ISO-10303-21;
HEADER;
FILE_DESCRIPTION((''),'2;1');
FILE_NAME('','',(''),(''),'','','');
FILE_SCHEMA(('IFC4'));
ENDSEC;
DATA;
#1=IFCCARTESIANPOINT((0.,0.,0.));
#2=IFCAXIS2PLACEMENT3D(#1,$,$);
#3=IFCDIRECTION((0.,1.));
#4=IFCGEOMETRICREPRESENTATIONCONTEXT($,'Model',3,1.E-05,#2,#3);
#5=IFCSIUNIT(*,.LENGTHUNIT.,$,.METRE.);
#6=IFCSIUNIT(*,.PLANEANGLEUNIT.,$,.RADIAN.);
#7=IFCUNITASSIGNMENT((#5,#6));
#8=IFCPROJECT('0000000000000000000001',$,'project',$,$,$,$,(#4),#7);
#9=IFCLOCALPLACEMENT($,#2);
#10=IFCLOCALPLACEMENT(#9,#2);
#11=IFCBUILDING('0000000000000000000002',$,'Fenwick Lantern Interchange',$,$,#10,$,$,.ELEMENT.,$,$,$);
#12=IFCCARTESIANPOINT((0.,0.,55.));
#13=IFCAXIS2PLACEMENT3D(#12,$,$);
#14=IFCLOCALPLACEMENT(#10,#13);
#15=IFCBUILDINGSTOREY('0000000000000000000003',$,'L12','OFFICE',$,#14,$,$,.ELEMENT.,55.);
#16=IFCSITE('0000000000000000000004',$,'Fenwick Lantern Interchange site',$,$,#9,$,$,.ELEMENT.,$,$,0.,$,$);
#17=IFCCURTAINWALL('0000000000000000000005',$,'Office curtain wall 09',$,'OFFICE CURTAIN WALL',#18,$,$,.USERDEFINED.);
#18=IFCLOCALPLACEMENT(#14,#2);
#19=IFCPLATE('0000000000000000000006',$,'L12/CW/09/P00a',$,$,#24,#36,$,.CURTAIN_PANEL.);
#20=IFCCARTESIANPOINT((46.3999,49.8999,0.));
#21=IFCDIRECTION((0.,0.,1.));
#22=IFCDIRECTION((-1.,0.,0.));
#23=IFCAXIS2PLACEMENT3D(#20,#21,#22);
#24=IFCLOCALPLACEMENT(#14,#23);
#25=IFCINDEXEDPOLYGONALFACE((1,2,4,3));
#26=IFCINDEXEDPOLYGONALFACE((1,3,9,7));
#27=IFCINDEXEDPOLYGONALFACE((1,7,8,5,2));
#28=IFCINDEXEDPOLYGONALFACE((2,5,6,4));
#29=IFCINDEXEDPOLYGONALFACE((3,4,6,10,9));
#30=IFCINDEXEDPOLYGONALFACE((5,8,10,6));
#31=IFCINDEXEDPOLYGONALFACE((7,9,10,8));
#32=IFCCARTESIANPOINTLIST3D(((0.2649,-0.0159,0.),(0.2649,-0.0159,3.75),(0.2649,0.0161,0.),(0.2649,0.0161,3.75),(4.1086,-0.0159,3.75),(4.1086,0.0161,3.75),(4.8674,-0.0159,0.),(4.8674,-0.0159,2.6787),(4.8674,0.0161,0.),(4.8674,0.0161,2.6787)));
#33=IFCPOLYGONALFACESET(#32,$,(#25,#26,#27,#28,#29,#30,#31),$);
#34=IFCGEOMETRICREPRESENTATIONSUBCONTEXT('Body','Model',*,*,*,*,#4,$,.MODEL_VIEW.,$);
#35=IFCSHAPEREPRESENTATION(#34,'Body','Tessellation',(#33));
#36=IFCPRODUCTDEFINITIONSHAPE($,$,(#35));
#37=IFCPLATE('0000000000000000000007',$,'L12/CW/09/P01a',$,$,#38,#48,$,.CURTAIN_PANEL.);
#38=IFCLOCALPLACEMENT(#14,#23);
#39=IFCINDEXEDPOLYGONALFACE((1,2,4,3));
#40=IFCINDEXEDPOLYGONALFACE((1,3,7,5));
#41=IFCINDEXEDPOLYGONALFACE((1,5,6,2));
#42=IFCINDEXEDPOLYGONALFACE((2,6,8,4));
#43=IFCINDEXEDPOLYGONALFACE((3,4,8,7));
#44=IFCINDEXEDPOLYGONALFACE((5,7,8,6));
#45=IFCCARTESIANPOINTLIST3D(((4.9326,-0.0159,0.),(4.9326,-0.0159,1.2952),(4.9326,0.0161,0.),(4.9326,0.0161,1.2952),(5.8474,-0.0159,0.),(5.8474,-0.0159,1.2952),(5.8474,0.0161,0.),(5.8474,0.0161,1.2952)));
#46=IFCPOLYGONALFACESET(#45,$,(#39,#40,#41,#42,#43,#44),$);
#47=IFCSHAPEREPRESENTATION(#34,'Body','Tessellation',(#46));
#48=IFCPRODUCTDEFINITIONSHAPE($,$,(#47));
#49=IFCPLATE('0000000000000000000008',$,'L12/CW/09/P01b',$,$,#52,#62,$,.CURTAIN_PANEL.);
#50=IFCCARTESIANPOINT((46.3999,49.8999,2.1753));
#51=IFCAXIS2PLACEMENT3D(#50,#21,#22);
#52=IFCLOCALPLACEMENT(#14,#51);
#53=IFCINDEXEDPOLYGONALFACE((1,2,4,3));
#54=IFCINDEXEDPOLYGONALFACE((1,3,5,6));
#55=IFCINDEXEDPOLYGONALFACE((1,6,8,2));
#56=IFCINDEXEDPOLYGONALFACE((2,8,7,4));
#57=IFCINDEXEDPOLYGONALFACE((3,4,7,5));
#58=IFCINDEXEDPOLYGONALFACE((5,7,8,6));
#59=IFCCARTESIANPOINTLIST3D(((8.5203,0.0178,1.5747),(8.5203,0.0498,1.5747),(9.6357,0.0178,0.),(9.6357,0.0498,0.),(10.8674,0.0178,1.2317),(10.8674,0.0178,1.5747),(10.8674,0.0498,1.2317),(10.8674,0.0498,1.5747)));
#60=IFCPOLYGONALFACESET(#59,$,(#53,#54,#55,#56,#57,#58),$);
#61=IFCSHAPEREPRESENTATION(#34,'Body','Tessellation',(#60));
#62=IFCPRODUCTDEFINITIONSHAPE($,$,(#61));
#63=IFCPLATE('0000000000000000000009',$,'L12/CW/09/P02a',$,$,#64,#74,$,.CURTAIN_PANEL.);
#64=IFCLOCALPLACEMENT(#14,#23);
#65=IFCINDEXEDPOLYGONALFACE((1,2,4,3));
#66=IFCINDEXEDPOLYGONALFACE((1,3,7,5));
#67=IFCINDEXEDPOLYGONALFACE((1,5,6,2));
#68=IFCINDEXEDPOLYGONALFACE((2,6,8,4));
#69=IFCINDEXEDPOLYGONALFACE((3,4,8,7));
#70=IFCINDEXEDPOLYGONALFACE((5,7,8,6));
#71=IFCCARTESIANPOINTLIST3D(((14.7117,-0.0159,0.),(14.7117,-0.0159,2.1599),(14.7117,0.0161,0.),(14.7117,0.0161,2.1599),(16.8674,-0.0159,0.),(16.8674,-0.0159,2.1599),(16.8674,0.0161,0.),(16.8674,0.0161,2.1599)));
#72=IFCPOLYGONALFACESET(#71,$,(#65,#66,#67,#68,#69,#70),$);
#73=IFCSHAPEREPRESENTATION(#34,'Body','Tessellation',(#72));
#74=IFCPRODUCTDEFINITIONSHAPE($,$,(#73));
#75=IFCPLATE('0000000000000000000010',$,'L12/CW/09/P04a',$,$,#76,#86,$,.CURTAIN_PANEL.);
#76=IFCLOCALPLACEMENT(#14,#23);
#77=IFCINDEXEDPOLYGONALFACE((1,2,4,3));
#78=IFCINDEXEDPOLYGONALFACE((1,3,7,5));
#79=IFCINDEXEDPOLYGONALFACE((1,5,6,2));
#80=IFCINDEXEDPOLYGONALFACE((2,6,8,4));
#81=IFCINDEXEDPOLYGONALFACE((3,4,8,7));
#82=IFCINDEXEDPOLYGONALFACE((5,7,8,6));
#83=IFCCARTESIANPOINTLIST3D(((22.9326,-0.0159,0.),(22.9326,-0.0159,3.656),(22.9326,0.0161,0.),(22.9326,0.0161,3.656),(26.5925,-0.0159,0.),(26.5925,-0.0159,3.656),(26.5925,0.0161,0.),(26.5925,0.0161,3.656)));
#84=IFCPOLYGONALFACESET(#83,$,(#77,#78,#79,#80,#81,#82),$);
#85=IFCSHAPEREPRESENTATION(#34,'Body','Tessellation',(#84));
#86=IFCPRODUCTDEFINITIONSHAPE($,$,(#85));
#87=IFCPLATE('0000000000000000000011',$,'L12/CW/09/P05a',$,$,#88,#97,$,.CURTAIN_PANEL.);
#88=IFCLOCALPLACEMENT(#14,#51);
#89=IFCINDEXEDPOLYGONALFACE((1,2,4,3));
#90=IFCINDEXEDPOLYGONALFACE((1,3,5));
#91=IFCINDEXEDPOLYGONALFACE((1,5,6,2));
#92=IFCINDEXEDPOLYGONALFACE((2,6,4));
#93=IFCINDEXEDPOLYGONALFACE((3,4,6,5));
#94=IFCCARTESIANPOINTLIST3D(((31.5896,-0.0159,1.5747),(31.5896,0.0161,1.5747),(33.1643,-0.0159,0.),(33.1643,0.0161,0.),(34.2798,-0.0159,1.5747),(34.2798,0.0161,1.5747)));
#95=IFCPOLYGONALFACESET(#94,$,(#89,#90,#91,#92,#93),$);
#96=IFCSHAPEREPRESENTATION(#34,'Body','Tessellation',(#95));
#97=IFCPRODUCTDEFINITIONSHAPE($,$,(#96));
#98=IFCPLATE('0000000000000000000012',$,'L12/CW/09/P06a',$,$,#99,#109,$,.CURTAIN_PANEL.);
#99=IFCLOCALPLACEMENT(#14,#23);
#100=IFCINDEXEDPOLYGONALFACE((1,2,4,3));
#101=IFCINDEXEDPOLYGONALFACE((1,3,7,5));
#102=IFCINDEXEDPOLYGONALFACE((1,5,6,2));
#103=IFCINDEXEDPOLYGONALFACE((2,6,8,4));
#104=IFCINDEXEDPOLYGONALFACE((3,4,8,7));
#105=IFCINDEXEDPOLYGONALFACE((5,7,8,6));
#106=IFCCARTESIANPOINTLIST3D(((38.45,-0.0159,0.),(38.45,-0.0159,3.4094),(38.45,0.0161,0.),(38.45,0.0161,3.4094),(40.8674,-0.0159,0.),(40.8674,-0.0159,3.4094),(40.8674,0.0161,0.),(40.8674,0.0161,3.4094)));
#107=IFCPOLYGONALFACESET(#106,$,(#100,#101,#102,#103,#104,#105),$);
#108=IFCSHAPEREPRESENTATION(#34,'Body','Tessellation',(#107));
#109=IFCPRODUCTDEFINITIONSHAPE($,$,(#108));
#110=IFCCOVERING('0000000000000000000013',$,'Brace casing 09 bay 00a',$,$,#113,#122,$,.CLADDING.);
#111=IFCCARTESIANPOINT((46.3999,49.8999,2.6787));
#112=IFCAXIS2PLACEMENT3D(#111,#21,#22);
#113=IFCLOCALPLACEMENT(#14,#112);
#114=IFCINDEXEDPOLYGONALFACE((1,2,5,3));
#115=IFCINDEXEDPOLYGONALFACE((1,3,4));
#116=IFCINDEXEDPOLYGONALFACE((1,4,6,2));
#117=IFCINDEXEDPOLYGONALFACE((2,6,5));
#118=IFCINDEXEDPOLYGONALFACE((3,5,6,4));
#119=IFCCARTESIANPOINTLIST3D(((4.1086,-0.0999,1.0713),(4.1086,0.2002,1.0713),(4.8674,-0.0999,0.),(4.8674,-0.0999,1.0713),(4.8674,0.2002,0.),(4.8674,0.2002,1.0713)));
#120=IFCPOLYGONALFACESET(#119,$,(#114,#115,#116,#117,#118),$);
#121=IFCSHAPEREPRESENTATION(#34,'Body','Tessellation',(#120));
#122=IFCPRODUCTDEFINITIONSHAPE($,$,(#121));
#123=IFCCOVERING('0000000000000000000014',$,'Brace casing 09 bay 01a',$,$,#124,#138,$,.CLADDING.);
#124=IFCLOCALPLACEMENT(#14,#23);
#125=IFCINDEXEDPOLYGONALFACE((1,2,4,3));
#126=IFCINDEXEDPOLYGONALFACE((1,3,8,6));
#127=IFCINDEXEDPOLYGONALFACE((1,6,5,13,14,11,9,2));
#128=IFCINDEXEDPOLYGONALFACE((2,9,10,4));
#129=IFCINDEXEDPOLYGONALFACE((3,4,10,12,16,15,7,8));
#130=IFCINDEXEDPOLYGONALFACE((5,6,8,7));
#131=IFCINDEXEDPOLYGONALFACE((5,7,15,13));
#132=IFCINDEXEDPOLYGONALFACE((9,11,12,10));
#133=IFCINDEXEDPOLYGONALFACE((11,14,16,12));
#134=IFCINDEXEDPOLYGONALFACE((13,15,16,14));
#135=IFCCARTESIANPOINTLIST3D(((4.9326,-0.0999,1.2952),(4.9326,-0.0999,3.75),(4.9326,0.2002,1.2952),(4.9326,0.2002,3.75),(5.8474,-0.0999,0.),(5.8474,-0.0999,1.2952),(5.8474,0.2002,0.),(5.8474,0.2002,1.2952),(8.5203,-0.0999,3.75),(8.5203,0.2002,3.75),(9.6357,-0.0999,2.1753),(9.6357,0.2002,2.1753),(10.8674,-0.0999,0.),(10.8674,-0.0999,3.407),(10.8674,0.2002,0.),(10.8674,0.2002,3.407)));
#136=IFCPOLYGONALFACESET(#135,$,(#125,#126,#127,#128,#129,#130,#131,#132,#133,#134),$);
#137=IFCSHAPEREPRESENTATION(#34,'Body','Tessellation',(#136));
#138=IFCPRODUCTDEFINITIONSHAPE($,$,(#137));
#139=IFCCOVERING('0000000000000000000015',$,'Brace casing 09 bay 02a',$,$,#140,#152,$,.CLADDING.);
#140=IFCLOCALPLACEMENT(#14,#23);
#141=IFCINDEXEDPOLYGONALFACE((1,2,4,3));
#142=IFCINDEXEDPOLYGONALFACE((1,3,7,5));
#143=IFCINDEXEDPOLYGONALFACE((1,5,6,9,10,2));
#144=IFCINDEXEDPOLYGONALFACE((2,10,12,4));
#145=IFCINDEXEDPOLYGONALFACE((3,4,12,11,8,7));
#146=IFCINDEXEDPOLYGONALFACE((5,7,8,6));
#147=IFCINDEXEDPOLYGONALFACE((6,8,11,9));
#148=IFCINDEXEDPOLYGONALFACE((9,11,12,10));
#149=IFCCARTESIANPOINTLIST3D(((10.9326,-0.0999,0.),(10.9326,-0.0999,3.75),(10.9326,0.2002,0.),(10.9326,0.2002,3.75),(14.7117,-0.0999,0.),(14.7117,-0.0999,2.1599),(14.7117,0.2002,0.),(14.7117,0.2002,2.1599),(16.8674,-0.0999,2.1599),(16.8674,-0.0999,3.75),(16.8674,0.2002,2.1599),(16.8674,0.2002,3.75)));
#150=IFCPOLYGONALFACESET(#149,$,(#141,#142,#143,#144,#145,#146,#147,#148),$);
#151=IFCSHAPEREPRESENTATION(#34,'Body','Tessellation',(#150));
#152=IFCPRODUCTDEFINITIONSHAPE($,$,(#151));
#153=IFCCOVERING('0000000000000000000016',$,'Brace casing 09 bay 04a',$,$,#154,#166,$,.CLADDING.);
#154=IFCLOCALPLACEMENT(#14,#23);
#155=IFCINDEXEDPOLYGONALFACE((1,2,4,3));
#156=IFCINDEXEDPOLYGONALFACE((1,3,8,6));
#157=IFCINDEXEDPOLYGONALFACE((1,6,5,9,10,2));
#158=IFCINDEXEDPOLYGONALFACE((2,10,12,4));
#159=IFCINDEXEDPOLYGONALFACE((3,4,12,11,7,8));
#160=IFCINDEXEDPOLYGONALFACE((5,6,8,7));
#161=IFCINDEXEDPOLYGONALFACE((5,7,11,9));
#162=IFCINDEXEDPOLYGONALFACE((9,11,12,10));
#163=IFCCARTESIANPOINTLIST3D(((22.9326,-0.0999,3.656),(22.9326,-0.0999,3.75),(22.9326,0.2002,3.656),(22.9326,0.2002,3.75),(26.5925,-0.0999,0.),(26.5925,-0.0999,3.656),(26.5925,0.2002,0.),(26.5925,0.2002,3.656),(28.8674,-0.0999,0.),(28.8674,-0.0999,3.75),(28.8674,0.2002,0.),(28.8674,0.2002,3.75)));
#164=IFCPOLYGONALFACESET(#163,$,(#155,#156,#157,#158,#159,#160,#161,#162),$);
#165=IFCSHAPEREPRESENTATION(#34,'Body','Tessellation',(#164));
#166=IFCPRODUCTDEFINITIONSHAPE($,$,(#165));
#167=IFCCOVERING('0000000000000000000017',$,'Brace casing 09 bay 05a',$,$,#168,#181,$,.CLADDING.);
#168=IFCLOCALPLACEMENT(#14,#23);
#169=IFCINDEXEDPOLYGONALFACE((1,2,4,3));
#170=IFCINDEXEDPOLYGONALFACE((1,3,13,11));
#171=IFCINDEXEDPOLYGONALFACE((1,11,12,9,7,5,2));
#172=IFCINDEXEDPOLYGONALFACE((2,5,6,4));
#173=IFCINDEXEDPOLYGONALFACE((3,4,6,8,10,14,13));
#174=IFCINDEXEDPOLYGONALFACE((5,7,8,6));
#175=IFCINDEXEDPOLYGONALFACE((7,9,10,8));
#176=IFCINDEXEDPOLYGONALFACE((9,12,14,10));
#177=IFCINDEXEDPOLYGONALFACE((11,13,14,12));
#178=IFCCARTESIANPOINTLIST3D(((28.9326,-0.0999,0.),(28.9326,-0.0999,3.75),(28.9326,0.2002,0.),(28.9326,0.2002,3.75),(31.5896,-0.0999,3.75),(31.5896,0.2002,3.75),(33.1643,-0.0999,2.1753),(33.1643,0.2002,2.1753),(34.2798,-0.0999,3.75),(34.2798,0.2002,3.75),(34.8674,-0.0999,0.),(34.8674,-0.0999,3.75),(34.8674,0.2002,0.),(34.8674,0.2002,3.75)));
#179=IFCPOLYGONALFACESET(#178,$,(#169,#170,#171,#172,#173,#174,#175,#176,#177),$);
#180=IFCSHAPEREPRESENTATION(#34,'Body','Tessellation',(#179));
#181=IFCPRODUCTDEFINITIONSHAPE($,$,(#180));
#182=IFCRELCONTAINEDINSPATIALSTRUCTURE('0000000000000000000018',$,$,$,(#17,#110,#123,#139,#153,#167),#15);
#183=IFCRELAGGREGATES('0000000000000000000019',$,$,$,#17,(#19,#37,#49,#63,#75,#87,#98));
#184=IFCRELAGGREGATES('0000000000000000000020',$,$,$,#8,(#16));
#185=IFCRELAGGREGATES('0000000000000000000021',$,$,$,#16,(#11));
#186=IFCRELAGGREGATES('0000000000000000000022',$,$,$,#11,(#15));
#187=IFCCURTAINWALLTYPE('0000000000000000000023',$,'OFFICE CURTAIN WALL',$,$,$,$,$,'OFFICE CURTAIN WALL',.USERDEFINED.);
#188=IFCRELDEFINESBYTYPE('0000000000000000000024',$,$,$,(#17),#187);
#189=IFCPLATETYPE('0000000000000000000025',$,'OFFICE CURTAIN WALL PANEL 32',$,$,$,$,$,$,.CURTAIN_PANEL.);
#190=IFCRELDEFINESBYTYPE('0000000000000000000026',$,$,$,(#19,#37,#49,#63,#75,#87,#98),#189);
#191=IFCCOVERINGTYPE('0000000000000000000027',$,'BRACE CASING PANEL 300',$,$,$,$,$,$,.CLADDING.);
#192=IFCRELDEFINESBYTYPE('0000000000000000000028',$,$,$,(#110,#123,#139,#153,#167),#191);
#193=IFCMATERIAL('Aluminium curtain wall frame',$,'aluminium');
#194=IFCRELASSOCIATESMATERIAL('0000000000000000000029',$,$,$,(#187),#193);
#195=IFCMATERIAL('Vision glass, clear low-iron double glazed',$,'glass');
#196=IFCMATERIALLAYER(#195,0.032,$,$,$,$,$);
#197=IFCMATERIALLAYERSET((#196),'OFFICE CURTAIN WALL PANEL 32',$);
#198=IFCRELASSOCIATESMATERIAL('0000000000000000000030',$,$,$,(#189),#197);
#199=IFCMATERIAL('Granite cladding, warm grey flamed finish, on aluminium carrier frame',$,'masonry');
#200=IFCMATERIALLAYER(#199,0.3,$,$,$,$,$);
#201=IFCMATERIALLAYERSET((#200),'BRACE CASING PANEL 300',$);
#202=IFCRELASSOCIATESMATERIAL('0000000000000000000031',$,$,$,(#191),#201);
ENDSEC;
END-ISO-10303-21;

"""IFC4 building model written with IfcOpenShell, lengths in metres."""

from ifc_helpers import new_model, si_unit, direction, frame, origin, place, context, subcontext, project, spatial, polyline, outline, extrude, material, layer, layer_set, type_object, element, aggregate, save


model = new_model("IFC4")

# Units and contexts
model_context = context("Model", 3, precision=1e-05, world=origin(), true_north=direction((0.0, 1.0)))
body_context = subcontext(model_context, "Body", "Model", "MODEL_VIEW")
ifc_project = project(units=[si_unit("LENGTHUNIT", "METRE"), si_unit("PLANEANGLEUNIT", "RADIAN")], contexts=[model_context])

# Site, building, storey
site_placement = place(None, origin())
site = spatial("IfcSite", under=ifc_project, at=site_placement, Name="Fenwick Lantern Interchange site", CompositionType="ELEMENT", RefElevation=0.0)
building_placement = place(site_placement, origin())
building = spatial("IfcBuilding", under=site, at=building_placement, Name="Fenwick Lantern Interchange", CompositionType="ELEMENT")
storey_placement = place(building_placement, frame((0.0, 0.0, 55.0)))
storey = spatial("IfcBuildingStorey", under=building, at=storey_placement, Name="L12", Description="OFFICE", CompositionType="ELEMENT", Elevation=55.0)

# Shared definitions
ifc_material_1 = material(Name="Aluminium curtain wall frame", Category="aluminium")
curtain_wall_type = type_object("IfcCurtainWallType", Name="OFFICE CURTAIN WALL", ElementType="OFFICE CURTAIN WALL", PredefinedType="USERDEFINED", material=ifc_material_1)

# Curtain wall
curtain_wall_1_placement = place(storey_placement, origin())
curtain_wall_1 = element("IfcCurtainWall", 1, at=curtain_wall_1_placement, inside=storey, type_object=curtain_wall_type, Name="Office curtain wall 09", ObjectType="OFFICE CURTAIN WALL", PredefinedType="USERDEFINED")

# Plates
ifc_material_2 = material(Name="Vision glass, clear low-iron double glazed", Category="glass")
ifc_layer_1 = layer(ifc_material_2, 0.032)
ifc_layer_set_1 = layer_set([ifc_layer_1], Name="OFFICE CURTAIN WALL PANEL 32")
plate_type = type_object("IfcPlateType", Name="OFFICE CURTAIN WALL PANEL 32", PredefinedType="CURTAIN_PANEL", material=ifc_layer_set_1)
plate_1_placement = place(storey_placement, frame((46.3999, 49.8999, 0.0), z_axis=(0.0, 0.0, 1.0), x_axis=(-1.0, 0.0, 0.0)))
plate_1 = element("IfcPlate", 2, at=plate_1_placement, type_object=plate_type, Name="L12/CW/09/P00a", PredefinedType="CURTAIN_PANEL", context=body_context, shape_type="SweptSolid", body=[
    extrude(outline(polyline([(0.2649, 0.0), (4.8674, 0.0), (4.8674, 2.6787), (4.1086, 3.75), (0.2649, 3.75), (0.2649, 0.0)])), frame((0.0, 0.0161, 0.0), z_axis=(0.0, -1.0, 0.0), x_axis=(1.0, 0.0, 0.0)), (0.0, 0.0, 1.0), 0.032),
])
plate_2_placement = place(storey_placement, frame((46.3999, 49.8999, 0.0), z_axis=(0.0, 0.0, 1.0), x_axis=(-1.0, 0.0, 0.0)))
plate_2 = element("IfcPlate", 3, at=plate_2_placement, type_object=plate_type, Name="L12/CW/09/P01a", PredefinedType="CURTAIN_PANEL", context=body_context, shape_type="SweptSolid", body=[
    extrude(outline(polyline([(4.9326, 0.0), (5.8474, 0.0), (5.8474, 1.2952), (4.9326, 1.2952), (4.9326, 0.0)])), frame((0.0, 0.0161, 0.0), z_axis=(0.0, -1.0, 0.0), x_axis=(1.0, 0.0, 0.0)), (0.0, 0.0, 1.0), 0.032),
])
plate_3_placement = place(storey_placement, frame((46.3999, 49.8999, 2.1753), z_axis=(0.0, 0.0, 1.0), x_axis=(-1.0, 0.0, 0.0)))
plate_3 = element("IfcPlate", 4, at=plate_3_placement, type_object=plate_type, Name="L12/CW/09/P01b", PredefinedType="CURTAIN_PANEL", context=body_context, shape_type="SweptSolid", body=[
    extrude(outline(polyline([(9.6357, 0.0), (10.8674, 1.2317), (10.8674, 1.5747), (8.5203, 1.5747), (9.6357, 0.0)])), frame((0.0, 0.0498, 0.0), z_axis=(0.0, -1.0, 0.0), x_axis=(1.0, 0.0, 0.0)), (0.0, 0.0, 1.0), 0.032),
])
plate_4_placement = place(storey_placement, frame((46.3999, 49.8999, 0.0), z_axis=(0.0, 0.0, 1.0), x_axis=(-1.0, 0.0, 0.0)))
plate_4 = element("IfcPlate", 5, at=plate_4_placement, type_object=plate_type, Name="L12/CW/09/P02a", PredefinedType="CURTAIN_PANEL", context=body_context, shape_type="SweptSolid", body=[
    extrude(outline(polyline([(14.7117, 0.0), (16.8674, 0.0), (16.8674, 2.1599), (14.7117, 2.1599), (14.7117, 0.0)])), frame((0.0, 0.0161, 0.0), z_axis=(0.0, -1.0, 0.0), x_axis=(1.0, 0.0, 0.0)), (0.0, 0.0, 1.0), 0.032),
])
plate_5_placement = place(storey_placement, frame((46.3999, 49.8999, 0.0), z_axis=(0.0, 0.0, 1.0), x_axis=(-1.0, 0.0, 0.0)))
plate_5 = element("IfcPlate", 6, at=plate_5_placement, type_object=plate_type, Name="L12/CW/09/P04a", PredefinedType="CURTAIN_PANEL", context=body_context, shape_type="SweptSolid", body=[
    extrude(outline(polyline([(22.9326, 0.0), (26.5925, 0.0), (26.5925, 3.656), (22.9326, 3.656), (22.9326, 0.0)])), frame((0.0, 0.0161, 0.0), z_axis=(0.0, -1.0, 0.0), x_axis=(1.0, 0.0, 0.0)), (0.0, 0.0, 1.0), 0.032),
])
plate_6_placement = place(storey_placement, frame((46.3999, 49.8999, 2.1753), z_axis=(0.0, 0.0, 1.0), x_axis=(-1.0, 0.0, 0.0)))
plate_6 = element("IfcPlate", 7, at=plate_6_placement, type_object=plate_type, Name="L12/CW/09/P05a", PredefinedType="CURTAIN_PANEL", context=body_context, shape_type="SweptSolid", body=[
    extrude(outline(polyline([(33.1643, 0.0), (34.2798, 1.5747), (31.5896, 1.5747), (33.1643, 0.0)])), frame((0.0, 0.0161, 0.0), z_axis=(0.0, -1.0, 0.0), x_axis=(1.0, 0.0, 0.0)), (0.0, 0.0, 1.0), 0.032),
])
plate_7_placement = place(storey_placement, frame((46.3999, 49.8999, 0.0), z_axis=(0.0, 0.0, 1.0), x_axis=(-1.0, 0.0, 0.0)))
plate_7 = element("IfcPlate", 8, at=plate_7_placement, type_object=plate_type, Name="L12/CW/09/P06a", PredefinedType="CURTAIN_PANEL", context=body_context, shape_type="SweptSolid", body=[
    extrude(outline(polyline([(38.45, 0.0), (40.8674, 0.0), (40.8674, 3.4094), (38.45, 3.4094), (38.45, 0.0)])), frame((0.0, 0.0161, 0.0), z_axis=(0.0, -1.0, 0.0), x_axis=(1.0, 0.0, 0.0)), (0.0, 0.0, 1.0), 0.032),
])
aggregate(curtain_wall_1, [plate_1, plate_2, plate_3, plate_4, plate_5, plate_6, plate_7])

# Coverings
ifc_material_3 = material(Name="Granite cladding, warm grey flamed finish, on aluminium carrier frame", Category="masonry")
ifc_layer_2 = layer(ifc_material_3, 0.3)
ifc_layer_set_2 = layer_set([ifc_layer_2], Name="BRACE CASING PANEL 300")
covering_type = type_object("IfcCoveringType", Name="BRACE CASING PANEL 300", PredefinedType="CLADDING", material=ifc_layer_set_2)
covering_1_placement = place(storey_placement, frame((46.3999, 49.8999, 2.6787), z_axis=(0.0, 0.0, 1.0), x_axis=(-1.0, 0.0, 0.0)))
element("IfcCovering", 9, at=covering_1_placement, inside=storey, type_object=covering_type, Name="Brace casing 09 bay 00a", PredefinedType="CLADDING", context=body_context, shape_type="SweptSolid", body=[
    extrude(outline(polyline([(4.8674, 0.0), (4.8674, 1.0713), (4.1086, 1.0713), (4.8674, 0.0)])), frame((0.0, 0.2002, 0.0), z_axis=(0.0, -1.0, 0.0), x_axis=(1.0, 0.0, 0.0)), (0.0, 0.0, 1.0), 0.3),
])
covering_2_placement = place(storey_placement, frame((46.3999, 49.8999, 0.0), z_axis=(0.0, 0.0, 1.0), x_axis=(-1.0, 0.0, 0.0)))
element("IfcCovering", 10, at=covering_2_placement, inside=storey, type_object=covering_type, Name="Brace casing 09 bay 01a", PredefinedType="CLADDING", context=body_context, shape_type="SweptSolid", body=[
    extrude(outline(polyline([(5.8474, 0.0), (10.8674, 0.0), (10.8674, 3.407), (9.6357, 2.1753), (8.5203, 3.75), (4.9326, 3.75), (4.9326, 1.2952), (5.8474, 1.2952), (5.8474, 0.0)])), frame((0.0, 0.2002, 0.0), z_axis=(0.0, -1.0, 0.0), x_axis=(1.0, 0.0, 0.0)), (0.0, 0.0, 1.0), 0.3),
])
covering_3_placement = place(storey_placement, frame((46.3999, 49.8999, 0.0), z_axis=(0.0, 0.0, 1.0), x_axis=(-1.0, 0.0, 0.0)))
element("IfcCovering", 11, at=covering_3_placement, inside=storey, type_object=covering_type, Name="Brace casing 09 bay 02a", PredefinedType="CLADDING", context=body_context, shape_type="SweptSolid", body=[
    extrude(outline(polyline([(10.9326, 0.0), (14.7117, 0.0), (14.7117, 2.1599), (16.8674, 2.1599), (16.8674, 3.75), (10.9326, 3.75), (10.9326, 0.0)])), frame((0.0, 0.2002, 0.0), z_axis=(0.0, -1.0, 0.0), x_axis=(1.0, 0.0, 0.0)), (0.0, 0.0, 1.0), 0.3),
])
covering_4_placement = place(storey_placement, frame((46.3999, 49.8999, 0.0), z_axis=(0.0, 0.0, 1.0), x_axis=(-1.0, 0.0, 0.0)))
element("IfcCovering", 12, at=covering_4_placement, inside=storey, type_object=covering_type, Name="Brace casing 09 bay 04a", PredefinedType="CLADDING", context=body_context, shape_type="SweptSolid", body=[
    extrude(outline(polyline([(26.5925, 0.0), (28.8674, 0.0), (28.8674, 3.75), (22.9326, 3.75), (22.9326, 3.656), (26.5925, 3.656), (26.5925, 0.0)])), frame((0.0, 0.2002, 0.0), z_axis=(0.0, -1.0, 0.0), x_axis=(1.0, 0.0, 0.0)), (0.0, 0.0, 1.0), 0.3),
])
covering_5_placement = place(storey_placement, frame((46.3999, 49.8999, 0.0), z_axis=(0.0, 0.0, 1.0), x_axis=(-1.0, 0.0, 0.0)))
element("IfcCovering", 13, at=covering_5_placement, inside=storey, type_object=covering_type, Name="Brace casing 09 bay 05a", PredefinedType="CLADDING", context=body_context, shape_type="SweptSolid", body=[
    extrude(outline(polyline([(28.9326, 0.0), (34.8674, 0.0), (34.8674, 3.75), (34.2798, 3.75), (33.1643, 2.1753), (31.5896, 3.75), (28.9326, 3.75), (28.9326, 0.0)])), frame((0.0, 0.2002, 0.0), z_axis=(0.0, -1.0, 0.0), x_axis=(1.0, 0.0, 0.0)), (0.0, 0.0, 1.0), 0.3),
])

save(model, "model.ifc")
